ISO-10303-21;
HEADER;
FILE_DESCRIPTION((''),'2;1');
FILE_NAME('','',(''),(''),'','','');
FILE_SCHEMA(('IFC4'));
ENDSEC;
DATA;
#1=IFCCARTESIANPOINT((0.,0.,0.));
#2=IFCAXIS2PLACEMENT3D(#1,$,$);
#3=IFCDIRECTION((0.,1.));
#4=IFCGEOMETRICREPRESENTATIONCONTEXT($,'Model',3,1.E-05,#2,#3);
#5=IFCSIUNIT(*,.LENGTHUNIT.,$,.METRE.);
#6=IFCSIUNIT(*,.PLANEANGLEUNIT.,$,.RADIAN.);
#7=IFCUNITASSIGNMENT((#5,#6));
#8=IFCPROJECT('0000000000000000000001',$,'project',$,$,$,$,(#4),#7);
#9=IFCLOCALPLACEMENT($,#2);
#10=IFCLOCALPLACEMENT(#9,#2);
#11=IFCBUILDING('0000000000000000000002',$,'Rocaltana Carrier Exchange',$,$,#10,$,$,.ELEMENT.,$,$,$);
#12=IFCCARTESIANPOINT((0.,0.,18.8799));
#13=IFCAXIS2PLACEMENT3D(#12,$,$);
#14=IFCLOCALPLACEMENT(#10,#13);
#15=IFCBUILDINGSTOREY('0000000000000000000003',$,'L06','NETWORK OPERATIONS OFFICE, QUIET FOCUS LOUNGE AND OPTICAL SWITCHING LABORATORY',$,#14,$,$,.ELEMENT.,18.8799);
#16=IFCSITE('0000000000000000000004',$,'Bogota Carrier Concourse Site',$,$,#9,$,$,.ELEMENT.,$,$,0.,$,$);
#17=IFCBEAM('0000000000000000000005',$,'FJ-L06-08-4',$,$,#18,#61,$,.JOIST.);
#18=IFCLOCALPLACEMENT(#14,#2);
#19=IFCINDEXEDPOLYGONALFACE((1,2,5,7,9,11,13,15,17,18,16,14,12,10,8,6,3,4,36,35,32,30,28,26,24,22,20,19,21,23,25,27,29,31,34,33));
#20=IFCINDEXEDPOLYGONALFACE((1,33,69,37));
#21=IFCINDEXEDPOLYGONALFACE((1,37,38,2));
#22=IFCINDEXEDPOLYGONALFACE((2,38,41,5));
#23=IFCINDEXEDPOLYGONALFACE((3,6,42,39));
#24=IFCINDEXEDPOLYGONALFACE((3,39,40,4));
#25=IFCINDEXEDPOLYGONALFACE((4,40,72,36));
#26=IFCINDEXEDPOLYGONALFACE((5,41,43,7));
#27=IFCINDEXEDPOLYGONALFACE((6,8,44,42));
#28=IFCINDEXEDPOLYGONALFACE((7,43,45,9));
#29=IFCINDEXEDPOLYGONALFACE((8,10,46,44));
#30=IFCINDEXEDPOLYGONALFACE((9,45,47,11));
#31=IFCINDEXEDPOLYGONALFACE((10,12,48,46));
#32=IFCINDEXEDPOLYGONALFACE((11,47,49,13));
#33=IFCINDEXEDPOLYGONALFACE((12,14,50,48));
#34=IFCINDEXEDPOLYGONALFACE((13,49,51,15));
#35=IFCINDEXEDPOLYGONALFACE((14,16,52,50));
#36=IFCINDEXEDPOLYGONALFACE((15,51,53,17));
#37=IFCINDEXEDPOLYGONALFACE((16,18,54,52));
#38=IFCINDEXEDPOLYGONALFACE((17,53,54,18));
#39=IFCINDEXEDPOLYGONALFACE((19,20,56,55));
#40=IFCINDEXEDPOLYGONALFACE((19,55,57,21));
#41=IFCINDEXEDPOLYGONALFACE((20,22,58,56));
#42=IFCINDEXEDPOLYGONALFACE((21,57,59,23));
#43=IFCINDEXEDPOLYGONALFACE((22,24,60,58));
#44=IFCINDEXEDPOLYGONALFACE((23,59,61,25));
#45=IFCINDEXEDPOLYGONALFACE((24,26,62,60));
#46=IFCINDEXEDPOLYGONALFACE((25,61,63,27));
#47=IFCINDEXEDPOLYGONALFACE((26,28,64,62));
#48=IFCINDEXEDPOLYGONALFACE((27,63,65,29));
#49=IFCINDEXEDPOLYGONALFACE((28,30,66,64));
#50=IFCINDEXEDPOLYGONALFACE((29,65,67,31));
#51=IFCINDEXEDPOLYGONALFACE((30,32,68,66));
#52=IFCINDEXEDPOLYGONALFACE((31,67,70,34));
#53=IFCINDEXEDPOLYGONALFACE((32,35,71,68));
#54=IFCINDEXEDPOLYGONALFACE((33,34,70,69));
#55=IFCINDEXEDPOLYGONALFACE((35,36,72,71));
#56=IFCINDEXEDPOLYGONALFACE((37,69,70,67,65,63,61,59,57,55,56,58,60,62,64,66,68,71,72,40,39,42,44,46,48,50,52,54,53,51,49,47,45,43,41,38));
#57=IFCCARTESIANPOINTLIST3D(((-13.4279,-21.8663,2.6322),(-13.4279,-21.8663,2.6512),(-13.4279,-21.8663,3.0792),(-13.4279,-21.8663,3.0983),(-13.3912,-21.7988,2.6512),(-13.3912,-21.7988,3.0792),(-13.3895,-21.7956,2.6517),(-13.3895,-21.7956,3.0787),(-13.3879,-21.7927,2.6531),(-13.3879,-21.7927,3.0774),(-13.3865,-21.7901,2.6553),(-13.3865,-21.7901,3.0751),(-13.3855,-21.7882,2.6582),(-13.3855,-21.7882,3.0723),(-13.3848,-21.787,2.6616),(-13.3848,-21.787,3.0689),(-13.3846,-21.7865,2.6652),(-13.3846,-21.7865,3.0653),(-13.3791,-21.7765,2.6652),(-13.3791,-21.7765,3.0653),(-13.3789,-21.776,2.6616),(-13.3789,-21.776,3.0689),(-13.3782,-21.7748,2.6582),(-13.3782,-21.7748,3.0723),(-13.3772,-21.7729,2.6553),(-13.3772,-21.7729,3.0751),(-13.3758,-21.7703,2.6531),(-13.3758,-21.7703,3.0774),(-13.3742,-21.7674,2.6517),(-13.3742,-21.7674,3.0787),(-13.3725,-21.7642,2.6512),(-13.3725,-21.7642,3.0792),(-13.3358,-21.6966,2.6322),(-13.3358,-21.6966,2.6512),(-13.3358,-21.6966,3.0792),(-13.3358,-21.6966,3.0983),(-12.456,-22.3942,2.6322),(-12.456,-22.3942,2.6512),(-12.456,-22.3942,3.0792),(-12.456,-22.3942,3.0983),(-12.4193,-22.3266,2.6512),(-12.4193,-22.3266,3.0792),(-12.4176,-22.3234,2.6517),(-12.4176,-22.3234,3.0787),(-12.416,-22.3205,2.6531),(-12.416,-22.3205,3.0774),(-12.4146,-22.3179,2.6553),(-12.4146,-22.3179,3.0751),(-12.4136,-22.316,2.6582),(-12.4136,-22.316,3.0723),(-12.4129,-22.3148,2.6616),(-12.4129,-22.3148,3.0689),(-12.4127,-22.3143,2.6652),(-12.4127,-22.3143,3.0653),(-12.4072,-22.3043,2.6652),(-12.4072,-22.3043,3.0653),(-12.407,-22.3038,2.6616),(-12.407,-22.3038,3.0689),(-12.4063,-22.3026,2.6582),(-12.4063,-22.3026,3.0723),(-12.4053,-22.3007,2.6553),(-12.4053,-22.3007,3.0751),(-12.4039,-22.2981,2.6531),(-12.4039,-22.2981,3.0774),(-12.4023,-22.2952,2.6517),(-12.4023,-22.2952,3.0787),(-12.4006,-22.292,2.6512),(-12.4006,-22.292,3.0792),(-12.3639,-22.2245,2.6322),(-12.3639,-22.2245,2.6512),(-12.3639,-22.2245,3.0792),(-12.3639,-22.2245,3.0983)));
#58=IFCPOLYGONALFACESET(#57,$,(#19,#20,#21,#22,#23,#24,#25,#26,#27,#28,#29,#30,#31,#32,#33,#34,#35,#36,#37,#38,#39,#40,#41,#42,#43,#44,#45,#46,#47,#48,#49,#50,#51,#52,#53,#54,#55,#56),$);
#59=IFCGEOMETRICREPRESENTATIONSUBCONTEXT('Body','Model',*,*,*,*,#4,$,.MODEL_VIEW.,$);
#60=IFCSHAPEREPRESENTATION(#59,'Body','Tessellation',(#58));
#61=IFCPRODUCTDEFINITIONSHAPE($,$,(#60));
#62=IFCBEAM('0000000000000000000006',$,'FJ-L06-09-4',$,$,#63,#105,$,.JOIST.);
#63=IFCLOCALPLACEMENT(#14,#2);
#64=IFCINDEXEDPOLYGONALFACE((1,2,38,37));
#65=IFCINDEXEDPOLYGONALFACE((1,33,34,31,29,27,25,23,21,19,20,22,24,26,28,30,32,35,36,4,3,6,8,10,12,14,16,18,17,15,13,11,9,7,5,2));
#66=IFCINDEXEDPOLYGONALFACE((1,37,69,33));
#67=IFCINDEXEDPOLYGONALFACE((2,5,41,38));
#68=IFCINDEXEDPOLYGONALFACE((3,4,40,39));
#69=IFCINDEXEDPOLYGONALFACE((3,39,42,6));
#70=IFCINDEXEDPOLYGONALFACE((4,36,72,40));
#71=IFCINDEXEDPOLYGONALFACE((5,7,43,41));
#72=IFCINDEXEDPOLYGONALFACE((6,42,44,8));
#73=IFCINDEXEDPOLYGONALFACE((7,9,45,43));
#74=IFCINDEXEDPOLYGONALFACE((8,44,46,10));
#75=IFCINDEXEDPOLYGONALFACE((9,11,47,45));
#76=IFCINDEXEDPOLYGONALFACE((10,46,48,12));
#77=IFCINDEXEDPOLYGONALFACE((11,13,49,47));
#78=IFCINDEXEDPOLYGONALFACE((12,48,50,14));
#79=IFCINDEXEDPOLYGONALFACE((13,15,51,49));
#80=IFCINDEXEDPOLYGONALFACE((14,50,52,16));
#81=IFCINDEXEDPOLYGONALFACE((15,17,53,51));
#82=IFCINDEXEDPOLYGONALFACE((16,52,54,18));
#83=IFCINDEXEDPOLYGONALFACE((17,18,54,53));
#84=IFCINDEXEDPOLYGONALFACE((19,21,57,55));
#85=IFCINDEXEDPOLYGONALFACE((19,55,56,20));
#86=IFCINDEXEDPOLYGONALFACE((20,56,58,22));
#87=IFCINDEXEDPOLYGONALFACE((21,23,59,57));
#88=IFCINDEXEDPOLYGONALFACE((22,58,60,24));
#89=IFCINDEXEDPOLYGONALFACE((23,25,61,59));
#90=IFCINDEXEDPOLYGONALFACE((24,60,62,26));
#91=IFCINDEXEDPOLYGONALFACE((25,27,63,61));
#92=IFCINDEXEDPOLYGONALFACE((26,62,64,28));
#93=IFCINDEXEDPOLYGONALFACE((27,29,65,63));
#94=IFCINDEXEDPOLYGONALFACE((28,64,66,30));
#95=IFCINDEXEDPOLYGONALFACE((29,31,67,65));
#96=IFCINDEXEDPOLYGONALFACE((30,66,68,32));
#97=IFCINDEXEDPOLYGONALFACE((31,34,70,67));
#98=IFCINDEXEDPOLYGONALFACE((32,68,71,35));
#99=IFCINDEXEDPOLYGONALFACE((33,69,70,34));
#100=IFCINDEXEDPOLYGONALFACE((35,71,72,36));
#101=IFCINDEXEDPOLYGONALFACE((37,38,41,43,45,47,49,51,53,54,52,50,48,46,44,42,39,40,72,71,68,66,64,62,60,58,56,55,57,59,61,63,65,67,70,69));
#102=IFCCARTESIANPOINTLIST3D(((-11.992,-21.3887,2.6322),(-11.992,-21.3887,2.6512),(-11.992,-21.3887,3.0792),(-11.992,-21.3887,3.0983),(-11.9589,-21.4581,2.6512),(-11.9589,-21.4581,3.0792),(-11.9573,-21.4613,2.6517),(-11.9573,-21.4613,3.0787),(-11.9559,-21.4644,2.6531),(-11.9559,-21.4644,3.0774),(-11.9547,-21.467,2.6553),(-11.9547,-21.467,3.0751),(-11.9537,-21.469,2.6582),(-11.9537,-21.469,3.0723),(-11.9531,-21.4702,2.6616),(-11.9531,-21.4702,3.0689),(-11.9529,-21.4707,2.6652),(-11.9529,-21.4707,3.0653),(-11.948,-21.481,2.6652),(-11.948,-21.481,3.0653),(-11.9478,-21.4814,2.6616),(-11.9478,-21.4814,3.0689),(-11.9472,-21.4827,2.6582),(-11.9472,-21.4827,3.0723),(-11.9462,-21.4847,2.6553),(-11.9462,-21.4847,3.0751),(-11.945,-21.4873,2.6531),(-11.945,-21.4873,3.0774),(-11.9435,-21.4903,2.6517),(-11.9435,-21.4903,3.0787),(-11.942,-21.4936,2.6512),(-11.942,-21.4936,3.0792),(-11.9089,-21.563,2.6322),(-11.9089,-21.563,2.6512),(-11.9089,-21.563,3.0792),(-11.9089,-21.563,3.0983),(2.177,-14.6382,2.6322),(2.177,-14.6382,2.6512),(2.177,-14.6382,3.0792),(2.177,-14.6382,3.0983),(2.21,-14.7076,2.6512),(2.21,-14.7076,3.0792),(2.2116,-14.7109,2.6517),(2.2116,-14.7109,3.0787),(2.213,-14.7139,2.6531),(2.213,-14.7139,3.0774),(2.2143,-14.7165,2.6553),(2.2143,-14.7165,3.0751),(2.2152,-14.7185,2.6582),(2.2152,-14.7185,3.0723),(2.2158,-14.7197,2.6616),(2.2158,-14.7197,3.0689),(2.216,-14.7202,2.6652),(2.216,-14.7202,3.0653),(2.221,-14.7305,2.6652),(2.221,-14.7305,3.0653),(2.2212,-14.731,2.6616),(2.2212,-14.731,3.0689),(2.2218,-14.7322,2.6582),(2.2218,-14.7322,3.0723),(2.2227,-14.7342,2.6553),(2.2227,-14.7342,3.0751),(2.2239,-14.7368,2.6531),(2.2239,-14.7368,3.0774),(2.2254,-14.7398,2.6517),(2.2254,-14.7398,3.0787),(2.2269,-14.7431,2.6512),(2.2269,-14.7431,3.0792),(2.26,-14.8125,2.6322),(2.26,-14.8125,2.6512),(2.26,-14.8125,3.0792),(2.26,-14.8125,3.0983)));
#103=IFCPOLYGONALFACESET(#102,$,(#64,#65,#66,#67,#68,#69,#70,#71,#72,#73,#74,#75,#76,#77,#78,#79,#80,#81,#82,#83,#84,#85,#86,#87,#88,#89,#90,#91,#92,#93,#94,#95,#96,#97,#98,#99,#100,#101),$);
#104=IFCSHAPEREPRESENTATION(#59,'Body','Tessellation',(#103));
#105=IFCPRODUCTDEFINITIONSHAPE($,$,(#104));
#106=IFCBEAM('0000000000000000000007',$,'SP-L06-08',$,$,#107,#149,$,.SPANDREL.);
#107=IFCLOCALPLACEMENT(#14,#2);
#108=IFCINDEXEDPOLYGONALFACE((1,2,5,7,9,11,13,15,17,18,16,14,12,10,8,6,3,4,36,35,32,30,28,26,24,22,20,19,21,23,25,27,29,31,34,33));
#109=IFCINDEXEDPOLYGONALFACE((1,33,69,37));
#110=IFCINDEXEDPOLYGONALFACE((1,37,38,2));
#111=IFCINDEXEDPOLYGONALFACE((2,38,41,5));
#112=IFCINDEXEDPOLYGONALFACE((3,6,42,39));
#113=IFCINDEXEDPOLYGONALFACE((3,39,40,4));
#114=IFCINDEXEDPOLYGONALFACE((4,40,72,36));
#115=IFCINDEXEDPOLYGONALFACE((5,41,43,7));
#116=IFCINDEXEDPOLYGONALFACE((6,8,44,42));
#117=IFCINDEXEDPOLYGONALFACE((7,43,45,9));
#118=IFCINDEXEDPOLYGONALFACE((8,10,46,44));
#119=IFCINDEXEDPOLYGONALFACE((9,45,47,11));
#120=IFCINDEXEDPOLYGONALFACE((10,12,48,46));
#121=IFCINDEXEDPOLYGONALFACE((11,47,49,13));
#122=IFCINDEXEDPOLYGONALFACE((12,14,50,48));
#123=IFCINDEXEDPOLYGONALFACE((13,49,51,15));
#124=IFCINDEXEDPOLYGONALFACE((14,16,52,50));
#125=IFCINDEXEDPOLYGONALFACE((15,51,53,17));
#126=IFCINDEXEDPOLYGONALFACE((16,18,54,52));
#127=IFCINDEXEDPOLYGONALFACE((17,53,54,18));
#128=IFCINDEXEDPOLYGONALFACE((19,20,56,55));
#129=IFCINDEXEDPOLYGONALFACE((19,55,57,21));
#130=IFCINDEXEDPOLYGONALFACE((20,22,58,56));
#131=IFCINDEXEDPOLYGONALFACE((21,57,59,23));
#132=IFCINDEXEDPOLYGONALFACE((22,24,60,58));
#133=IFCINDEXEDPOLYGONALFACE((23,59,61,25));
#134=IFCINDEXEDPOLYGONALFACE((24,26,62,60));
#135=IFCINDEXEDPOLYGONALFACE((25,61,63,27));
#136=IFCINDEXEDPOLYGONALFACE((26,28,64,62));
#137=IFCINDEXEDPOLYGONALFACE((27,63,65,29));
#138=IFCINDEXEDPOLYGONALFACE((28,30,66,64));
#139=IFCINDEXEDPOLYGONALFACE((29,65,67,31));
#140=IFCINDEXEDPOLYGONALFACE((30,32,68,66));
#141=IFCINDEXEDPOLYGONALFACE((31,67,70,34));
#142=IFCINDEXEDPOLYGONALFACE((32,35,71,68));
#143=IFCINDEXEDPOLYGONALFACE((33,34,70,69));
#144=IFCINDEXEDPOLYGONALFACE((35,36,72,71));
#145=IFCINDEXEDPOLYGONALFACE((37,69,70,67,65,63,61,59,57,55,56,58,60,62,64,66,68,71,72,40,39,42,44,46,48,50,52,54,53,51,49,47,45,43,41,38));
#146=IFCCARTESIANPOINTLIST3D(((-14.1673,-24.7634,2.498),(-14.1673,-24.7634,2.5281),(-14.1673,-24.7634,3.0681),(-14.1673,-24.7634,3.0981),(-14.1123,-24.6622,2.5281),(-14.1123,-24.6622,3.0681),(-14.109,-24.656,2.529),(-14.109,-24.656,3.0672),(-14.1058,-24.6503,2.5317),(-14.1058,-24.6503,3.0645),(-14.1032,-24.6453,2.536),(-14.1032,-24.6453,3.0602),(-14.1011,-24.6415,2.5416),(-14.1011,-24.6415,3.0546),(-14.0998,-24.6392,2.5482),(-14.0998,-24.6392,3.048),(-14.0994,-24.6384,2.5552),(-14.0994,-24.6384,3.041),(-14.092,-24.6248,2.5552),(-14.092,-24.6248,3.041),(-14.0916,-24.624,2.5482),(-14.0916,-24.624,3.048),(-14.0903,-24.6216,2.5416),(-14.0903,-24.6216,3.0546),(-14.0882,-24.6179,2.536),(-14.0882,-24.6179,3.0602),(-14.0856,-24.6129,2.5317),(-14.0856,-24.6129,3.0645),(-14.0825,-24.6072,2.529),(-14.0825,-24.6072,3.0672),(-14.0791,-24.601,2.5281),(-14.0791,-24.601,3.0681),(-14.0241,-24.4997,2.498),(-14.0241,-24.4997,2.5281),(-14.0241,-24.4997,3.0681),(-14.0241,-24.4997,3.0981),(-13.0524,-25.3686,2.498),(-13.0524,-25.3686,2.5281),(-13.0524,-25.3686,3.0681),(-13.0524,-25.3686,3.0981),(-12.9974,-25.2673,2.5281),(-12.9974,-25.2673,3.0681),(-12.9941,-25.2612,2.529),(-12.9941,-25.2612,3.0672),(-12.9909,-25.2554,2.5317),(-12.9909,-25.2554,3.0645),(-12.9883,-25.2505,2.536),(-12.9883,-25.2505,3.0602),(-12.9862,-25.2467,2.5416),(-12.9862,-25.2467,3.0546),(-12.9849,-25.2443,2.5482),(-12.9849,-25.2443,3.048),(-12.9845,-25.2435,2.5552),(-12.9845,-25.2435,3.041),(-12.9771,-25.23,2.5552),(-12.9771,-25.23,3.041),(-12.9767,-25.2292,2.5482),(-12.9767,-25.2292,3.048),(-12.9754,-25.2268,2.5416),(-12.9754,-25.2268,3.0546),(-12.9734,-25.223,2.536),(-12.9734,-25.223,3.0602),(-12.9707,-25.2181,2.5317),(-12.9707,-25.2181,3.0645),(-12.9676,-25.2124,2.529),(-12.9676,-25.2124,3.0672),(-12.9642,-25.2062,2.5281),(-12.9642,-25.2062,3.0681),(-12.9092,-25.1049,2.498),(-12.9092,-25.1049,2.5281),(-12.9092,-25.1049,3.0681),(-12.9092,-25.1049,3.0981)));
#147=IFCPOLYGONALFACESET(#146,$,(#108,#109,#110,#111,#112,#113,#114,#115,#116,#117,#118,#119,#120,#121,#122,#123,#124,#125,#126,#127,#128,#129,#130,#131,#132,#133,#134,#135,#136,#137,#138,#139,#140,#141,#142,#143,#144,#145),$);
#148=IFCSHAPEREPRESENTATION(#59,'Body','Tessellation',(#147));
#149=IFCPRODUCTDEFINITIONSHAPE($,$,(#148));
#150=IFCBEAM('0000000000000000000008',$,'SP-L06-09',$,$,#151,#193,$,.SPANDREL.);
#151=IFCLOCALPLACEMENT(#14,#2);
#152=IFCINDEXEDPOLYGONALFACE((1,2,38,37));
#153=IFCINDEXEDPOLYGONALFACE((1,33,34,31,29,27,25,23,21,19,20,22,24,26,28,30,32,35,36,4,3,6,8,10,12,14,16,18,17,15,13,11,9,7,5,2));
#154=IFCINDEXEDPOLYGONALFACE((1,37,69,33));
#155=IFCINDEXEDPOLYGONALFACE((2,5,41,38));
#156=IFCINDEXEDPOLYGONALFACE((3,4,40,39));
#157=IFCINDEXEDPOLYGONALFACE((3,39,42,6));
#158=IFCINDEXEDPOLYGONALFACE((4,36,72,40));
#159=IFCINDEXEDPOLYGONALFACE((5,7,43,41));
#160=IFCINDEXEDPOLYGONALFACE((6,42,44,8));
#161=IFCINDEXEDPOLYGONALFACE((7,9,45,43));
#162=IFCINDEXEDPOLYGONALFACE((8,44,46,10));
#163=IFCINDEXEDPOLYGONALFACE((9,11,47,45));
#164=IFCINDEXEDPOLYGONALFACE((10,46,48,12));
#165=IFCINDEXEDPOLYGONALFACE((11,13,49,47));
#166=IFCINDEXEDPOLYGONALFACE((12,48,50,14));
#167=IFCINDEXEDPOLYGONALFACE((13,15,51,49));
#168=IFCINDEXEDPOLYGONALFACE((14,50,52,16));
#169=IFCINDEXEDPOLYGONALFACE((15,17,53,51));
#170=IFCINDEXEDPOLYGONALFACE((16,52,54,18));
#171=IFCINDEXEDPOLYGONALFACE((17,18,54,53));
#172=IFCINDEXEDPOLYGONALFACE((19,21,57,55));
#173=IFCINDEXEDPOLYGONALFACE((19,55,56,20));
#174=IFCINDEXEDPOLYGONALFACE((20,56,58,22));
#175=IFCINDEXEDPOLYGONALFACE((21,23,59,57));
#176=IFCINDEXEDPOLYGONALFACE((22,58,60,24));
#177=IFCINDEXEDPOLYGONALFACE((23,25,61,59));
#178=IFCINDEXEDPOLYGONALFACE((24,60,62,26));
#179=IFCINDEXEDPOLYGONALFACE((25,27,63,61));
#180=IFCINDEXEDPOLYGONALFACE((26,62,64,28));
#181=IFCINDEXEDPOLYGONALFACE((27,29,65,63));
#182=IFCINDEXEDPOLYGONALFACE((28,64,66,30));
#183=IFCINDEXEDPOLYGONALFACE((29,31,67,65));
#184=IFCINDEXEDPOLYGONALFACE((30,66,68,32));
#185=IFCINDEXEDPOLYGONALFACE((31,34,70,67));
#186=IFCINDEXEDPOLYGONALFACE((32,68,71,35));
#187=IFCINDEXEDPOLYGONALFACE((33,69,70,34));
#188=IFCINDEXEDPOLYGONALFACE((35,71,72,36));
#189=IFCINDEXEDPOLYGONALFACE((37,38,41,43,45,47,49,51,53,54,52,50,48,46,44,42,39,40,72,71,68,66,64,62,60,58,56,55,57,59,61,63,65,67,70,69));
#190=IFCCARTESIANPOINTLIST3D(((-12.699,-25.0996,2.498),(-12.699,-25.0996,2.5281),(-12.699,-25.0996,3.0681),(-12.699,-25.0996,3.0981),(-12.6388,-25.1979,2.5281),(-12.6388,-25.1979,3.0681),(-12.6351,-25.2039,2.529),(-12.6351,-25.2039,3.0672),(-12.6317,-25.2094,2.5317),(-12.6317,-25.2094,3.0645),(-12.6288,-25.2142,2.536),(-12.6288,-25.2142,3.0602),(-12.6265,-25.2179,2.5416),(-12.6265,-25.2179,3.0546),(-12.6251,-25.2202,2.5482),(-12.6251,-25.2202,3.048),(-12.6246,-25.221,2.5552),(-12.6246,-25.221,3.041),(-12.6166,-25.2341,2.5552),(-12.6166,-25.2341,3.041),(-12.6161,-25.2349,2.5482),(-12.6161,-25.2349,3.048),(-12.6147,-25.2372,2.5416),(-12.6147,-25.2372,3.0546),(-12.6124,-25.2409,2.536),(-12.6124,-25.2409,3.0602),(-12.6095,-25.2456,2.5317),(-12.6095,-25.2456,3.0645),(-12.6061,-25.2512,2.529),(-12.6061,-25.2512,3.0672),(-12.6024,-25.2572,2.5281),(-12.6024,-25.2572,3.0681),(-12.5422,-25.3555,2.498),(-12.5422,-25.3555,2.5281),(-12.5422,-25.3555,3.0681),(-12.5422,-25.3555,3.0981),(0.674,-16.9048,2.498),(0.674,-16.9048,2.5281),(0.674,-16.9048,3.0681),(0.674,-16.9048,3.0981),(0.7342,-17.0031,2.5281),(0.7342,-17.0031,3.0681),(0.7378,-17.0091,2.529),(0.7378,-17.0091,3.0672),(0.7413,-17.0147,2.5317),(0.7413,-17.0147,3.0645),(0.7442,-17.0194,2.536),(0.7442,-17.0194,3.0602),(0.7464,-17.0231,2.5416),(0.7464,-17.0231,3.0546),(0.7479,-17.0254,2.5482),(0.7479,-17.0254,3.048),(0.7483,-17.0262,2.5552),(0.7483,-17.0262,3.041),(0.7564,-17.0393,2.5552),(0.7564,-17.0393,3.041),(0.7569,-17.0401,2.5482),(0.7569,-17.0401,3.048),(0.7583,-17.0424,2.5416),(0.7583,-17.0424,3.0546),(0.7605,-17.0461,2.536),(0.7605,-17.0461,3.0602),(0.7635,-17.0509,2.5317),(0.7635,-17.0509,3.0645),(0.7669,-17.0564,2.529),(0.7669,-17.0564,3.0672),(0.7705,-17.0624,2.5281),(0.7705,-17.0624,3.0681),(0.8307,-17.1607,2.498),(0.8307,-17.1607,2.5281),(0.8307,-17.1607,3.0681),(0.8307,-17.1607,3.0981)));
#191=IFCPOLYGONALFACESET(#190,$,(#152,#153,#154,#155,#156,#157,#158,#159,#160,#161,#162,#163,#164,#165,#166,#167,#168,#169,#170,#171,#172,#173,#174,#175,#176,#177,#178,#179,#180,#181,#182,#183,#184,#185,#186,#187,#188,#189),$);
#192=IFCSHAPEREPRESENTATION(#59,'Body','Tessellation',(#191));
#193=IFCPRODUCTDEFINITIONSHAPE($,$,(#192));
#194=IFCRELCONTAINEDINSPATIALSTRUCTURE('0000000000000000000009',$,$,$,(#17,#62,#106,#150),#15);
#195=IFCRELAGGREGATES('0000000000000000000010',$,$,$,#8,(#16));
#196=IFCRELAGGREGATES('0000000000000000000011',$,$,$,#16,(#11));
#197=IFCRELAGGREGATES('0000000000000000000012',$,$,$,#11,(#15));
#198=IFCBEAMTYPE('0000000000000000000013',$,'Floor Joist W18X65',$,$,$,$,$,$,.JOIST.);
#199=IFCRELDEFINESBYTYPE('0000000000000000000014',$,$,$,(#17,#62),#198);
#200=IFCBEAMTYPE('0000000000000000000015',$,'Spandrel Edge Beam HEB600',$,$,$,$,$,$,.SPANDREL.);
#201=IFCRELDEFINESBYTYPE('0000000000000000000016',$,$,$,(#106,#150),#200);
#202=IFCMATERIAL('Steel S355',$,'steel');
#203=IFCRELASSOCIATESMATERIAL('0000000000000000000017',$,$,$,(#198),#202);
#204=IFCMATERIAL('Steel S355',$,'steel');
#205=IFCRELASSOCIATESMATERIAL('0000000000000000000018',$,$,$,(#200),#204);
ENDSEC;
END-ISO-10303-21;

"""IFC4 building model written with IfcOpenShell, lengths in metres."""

from ifc_helpers import new_model, si_unit, direction, frame, origin, origin_2d, place, context, subcontext, project, spatial, i_section, extrude, material, material_profile, profile_set, type_object, element, save


model = new_model("IFC4")

# Units and contexts
model_context = context("Model", 3, precision=1e-05, world=origin(), true_north=direction((0.0, 1.0)))
body_context = subcontext(model_context, "Body", "Model", "MODEL_VIEW")
ifc_project = project(units=[si_unit("LENGTHUNIT", "METRE"), si_unit("PLANEANGLEUNIT", "RADIAN")], contexts=[model_context])

# Site, building, storey
site_placement = place(None, origin())
site = spatial("IfcSite", under=ifc_project, at=site_placement, Name="Bogota Carrier Concourse Site", CompositionType="ELEMENT", RefElevation=0.0)
building_placement = place(site_placement, origin())
building = spatial("IfcBuilding", under=site, at=building_placement, Name="Rocaltana Carrier Exchange", CompositionType="ELEMENT")
storey_placement = place(building_placement, frame((0.0, 0.0, 18.8799)))
storey = spatial("IfcBuildingStorey", under=building, at=storey_placement, Name="L06", Description="NETWORK OPERATIONS OFFICE, QUIET FOCUS LOUNGE AND OPTICAL SWITCHING LABORATORY", CompositionType="ELEMENT", Elevation=18.8799)

# Beams
ifc_material_1 = material(Name="Steel S355", Category="steel")
ifc_material_profile_1 = material_profile(ifc_material_1, i_section(OverallWidth=0.1931, OverallDepth=0.4661, WebThickness=0.0115, FlangeThickness=0.019, FilletRadius=0.0139, at=origin_2d()), Name="W18X65")
ifc_profile_set_1 = profile_set([ifc_material_profile_1], Name="Steel S355")
beam_type_1 = type_object("IfcBeamType", Name="Floor Joist W18X65", PredefinedType="JOIST", material=ifc_profile_set_1)
beam_1_placement = place(storey_placement, frame((-13.3818, -21.7815, 2.8652), z_axis=(0.878771, -0.477243, 0.0), x_axis=(0.477243, 0.878771, 0.0)))
element("IfcBeam", 1, at=beam_1_placement, inside=storey, type_object=beam_type_1, Name="FJ-L06-08-4", PredefinedType="JOIST", context=body_context, shape_type="SweptSolid", body=[
    extrude(i_section(OverallWidth=0.1931, OverallDepth=0.4661, WebThickness=0.0115, FlangeThickness=0.019, FilletRadius=0.0139, at=origin_2d()), origin(), (0.0, 0.0, 1.0), 1.106),
])
beam_2_placement = place(storey_placement, frame((-11.9504, -21.4758, 2.8652), z_axis=(0.902777, 0.430109, 0.0), x_axis=(-0.430109, 0.902777, 0.0)))
element("IfcBeam", 2, at=beam_2_placement, inside=storey, type_object=beam_type_1, Name="FJ-L06-09-4", PredefinedType="JOIST", context=body_context, shape_type="SweptSolid", body=[
    extrude(i_section(OverallWidth=0.1931, OverallDepth=0.4661, WebThickness=0.0115, FlangeThickness=0.019, FilletRadius=0.0139, at=origin_2d()), origin(), (0.0, 0.0, 1.0), 15.6948),
])
ifc_material_2 = material(Name="Steel S355", Category="steel")
ifc_material_profile_2 = material_profile(ifc_material_2, i_section(OverallWidth=0.3, OverallDepth=0.6001, WebThickness=0.0154, FlangeThickness=0.03, FilletRadius=0.0271, at=origin_2d()), Name="HEB600")
ifc_profile_set_2 = profile_set([ifc_material_profile_2], Name="Steel S355")
beam_type_2 = type_object("IfcBeamType", Name="Spandrel Edge Beam HEB600", PredefinedType="SPANDREL", material=ifc_profile_set_2)
beam_3_placement = place(storey_placement, frame((-14.0957, -24.6316, 2.7981), z_axis=(0.878872, -0.477058, 0.0), x_axis=(0.477058, 0.878872, 0.0)))
element("IfcBeam", 3, at=beam_3_placement, inside=storey, type_object=beam_type_2, Name="SP-L06-08", PredefinedType="SPANDREL", context=body_context, shape_type="SweptSolid", body=[
    extrude(i_section(OverallWidth=0.3, OverallDepth=0.6001, WebThickness=0.0154, FlangeThickness=0.03, FilletRadius=0.0271, at=origin_2d()), origin(), (0.0, 0.0, 1.0), 1.2686),
])
beam_4_placement = place(storey_placement, frame((-12.6206, -25.2275, 2.7981), z_axis=(0.852646, 0.52249, 0.0), x_axis=(-0.52249, 0.852646, 0.0)))
element("IfcBeam", 4, at=beam_4_placement, inside=storey, type_object=beam_type_2, Name="SP-L06-09", PredefinedType="SPANDREL", context=body_context, shape_type="SweptSolid", body=[
    extrude(i_section(OverallWidth=0.3, OverallDepth=0.6001, WebThickness=0.0154, FlangeThickness=0.03, FilletRadius=0.0271, at=origin_2d()), origin(), (0.0, 0.0, 1.0), 15.6841),
])

save(model, "model.ifc")
